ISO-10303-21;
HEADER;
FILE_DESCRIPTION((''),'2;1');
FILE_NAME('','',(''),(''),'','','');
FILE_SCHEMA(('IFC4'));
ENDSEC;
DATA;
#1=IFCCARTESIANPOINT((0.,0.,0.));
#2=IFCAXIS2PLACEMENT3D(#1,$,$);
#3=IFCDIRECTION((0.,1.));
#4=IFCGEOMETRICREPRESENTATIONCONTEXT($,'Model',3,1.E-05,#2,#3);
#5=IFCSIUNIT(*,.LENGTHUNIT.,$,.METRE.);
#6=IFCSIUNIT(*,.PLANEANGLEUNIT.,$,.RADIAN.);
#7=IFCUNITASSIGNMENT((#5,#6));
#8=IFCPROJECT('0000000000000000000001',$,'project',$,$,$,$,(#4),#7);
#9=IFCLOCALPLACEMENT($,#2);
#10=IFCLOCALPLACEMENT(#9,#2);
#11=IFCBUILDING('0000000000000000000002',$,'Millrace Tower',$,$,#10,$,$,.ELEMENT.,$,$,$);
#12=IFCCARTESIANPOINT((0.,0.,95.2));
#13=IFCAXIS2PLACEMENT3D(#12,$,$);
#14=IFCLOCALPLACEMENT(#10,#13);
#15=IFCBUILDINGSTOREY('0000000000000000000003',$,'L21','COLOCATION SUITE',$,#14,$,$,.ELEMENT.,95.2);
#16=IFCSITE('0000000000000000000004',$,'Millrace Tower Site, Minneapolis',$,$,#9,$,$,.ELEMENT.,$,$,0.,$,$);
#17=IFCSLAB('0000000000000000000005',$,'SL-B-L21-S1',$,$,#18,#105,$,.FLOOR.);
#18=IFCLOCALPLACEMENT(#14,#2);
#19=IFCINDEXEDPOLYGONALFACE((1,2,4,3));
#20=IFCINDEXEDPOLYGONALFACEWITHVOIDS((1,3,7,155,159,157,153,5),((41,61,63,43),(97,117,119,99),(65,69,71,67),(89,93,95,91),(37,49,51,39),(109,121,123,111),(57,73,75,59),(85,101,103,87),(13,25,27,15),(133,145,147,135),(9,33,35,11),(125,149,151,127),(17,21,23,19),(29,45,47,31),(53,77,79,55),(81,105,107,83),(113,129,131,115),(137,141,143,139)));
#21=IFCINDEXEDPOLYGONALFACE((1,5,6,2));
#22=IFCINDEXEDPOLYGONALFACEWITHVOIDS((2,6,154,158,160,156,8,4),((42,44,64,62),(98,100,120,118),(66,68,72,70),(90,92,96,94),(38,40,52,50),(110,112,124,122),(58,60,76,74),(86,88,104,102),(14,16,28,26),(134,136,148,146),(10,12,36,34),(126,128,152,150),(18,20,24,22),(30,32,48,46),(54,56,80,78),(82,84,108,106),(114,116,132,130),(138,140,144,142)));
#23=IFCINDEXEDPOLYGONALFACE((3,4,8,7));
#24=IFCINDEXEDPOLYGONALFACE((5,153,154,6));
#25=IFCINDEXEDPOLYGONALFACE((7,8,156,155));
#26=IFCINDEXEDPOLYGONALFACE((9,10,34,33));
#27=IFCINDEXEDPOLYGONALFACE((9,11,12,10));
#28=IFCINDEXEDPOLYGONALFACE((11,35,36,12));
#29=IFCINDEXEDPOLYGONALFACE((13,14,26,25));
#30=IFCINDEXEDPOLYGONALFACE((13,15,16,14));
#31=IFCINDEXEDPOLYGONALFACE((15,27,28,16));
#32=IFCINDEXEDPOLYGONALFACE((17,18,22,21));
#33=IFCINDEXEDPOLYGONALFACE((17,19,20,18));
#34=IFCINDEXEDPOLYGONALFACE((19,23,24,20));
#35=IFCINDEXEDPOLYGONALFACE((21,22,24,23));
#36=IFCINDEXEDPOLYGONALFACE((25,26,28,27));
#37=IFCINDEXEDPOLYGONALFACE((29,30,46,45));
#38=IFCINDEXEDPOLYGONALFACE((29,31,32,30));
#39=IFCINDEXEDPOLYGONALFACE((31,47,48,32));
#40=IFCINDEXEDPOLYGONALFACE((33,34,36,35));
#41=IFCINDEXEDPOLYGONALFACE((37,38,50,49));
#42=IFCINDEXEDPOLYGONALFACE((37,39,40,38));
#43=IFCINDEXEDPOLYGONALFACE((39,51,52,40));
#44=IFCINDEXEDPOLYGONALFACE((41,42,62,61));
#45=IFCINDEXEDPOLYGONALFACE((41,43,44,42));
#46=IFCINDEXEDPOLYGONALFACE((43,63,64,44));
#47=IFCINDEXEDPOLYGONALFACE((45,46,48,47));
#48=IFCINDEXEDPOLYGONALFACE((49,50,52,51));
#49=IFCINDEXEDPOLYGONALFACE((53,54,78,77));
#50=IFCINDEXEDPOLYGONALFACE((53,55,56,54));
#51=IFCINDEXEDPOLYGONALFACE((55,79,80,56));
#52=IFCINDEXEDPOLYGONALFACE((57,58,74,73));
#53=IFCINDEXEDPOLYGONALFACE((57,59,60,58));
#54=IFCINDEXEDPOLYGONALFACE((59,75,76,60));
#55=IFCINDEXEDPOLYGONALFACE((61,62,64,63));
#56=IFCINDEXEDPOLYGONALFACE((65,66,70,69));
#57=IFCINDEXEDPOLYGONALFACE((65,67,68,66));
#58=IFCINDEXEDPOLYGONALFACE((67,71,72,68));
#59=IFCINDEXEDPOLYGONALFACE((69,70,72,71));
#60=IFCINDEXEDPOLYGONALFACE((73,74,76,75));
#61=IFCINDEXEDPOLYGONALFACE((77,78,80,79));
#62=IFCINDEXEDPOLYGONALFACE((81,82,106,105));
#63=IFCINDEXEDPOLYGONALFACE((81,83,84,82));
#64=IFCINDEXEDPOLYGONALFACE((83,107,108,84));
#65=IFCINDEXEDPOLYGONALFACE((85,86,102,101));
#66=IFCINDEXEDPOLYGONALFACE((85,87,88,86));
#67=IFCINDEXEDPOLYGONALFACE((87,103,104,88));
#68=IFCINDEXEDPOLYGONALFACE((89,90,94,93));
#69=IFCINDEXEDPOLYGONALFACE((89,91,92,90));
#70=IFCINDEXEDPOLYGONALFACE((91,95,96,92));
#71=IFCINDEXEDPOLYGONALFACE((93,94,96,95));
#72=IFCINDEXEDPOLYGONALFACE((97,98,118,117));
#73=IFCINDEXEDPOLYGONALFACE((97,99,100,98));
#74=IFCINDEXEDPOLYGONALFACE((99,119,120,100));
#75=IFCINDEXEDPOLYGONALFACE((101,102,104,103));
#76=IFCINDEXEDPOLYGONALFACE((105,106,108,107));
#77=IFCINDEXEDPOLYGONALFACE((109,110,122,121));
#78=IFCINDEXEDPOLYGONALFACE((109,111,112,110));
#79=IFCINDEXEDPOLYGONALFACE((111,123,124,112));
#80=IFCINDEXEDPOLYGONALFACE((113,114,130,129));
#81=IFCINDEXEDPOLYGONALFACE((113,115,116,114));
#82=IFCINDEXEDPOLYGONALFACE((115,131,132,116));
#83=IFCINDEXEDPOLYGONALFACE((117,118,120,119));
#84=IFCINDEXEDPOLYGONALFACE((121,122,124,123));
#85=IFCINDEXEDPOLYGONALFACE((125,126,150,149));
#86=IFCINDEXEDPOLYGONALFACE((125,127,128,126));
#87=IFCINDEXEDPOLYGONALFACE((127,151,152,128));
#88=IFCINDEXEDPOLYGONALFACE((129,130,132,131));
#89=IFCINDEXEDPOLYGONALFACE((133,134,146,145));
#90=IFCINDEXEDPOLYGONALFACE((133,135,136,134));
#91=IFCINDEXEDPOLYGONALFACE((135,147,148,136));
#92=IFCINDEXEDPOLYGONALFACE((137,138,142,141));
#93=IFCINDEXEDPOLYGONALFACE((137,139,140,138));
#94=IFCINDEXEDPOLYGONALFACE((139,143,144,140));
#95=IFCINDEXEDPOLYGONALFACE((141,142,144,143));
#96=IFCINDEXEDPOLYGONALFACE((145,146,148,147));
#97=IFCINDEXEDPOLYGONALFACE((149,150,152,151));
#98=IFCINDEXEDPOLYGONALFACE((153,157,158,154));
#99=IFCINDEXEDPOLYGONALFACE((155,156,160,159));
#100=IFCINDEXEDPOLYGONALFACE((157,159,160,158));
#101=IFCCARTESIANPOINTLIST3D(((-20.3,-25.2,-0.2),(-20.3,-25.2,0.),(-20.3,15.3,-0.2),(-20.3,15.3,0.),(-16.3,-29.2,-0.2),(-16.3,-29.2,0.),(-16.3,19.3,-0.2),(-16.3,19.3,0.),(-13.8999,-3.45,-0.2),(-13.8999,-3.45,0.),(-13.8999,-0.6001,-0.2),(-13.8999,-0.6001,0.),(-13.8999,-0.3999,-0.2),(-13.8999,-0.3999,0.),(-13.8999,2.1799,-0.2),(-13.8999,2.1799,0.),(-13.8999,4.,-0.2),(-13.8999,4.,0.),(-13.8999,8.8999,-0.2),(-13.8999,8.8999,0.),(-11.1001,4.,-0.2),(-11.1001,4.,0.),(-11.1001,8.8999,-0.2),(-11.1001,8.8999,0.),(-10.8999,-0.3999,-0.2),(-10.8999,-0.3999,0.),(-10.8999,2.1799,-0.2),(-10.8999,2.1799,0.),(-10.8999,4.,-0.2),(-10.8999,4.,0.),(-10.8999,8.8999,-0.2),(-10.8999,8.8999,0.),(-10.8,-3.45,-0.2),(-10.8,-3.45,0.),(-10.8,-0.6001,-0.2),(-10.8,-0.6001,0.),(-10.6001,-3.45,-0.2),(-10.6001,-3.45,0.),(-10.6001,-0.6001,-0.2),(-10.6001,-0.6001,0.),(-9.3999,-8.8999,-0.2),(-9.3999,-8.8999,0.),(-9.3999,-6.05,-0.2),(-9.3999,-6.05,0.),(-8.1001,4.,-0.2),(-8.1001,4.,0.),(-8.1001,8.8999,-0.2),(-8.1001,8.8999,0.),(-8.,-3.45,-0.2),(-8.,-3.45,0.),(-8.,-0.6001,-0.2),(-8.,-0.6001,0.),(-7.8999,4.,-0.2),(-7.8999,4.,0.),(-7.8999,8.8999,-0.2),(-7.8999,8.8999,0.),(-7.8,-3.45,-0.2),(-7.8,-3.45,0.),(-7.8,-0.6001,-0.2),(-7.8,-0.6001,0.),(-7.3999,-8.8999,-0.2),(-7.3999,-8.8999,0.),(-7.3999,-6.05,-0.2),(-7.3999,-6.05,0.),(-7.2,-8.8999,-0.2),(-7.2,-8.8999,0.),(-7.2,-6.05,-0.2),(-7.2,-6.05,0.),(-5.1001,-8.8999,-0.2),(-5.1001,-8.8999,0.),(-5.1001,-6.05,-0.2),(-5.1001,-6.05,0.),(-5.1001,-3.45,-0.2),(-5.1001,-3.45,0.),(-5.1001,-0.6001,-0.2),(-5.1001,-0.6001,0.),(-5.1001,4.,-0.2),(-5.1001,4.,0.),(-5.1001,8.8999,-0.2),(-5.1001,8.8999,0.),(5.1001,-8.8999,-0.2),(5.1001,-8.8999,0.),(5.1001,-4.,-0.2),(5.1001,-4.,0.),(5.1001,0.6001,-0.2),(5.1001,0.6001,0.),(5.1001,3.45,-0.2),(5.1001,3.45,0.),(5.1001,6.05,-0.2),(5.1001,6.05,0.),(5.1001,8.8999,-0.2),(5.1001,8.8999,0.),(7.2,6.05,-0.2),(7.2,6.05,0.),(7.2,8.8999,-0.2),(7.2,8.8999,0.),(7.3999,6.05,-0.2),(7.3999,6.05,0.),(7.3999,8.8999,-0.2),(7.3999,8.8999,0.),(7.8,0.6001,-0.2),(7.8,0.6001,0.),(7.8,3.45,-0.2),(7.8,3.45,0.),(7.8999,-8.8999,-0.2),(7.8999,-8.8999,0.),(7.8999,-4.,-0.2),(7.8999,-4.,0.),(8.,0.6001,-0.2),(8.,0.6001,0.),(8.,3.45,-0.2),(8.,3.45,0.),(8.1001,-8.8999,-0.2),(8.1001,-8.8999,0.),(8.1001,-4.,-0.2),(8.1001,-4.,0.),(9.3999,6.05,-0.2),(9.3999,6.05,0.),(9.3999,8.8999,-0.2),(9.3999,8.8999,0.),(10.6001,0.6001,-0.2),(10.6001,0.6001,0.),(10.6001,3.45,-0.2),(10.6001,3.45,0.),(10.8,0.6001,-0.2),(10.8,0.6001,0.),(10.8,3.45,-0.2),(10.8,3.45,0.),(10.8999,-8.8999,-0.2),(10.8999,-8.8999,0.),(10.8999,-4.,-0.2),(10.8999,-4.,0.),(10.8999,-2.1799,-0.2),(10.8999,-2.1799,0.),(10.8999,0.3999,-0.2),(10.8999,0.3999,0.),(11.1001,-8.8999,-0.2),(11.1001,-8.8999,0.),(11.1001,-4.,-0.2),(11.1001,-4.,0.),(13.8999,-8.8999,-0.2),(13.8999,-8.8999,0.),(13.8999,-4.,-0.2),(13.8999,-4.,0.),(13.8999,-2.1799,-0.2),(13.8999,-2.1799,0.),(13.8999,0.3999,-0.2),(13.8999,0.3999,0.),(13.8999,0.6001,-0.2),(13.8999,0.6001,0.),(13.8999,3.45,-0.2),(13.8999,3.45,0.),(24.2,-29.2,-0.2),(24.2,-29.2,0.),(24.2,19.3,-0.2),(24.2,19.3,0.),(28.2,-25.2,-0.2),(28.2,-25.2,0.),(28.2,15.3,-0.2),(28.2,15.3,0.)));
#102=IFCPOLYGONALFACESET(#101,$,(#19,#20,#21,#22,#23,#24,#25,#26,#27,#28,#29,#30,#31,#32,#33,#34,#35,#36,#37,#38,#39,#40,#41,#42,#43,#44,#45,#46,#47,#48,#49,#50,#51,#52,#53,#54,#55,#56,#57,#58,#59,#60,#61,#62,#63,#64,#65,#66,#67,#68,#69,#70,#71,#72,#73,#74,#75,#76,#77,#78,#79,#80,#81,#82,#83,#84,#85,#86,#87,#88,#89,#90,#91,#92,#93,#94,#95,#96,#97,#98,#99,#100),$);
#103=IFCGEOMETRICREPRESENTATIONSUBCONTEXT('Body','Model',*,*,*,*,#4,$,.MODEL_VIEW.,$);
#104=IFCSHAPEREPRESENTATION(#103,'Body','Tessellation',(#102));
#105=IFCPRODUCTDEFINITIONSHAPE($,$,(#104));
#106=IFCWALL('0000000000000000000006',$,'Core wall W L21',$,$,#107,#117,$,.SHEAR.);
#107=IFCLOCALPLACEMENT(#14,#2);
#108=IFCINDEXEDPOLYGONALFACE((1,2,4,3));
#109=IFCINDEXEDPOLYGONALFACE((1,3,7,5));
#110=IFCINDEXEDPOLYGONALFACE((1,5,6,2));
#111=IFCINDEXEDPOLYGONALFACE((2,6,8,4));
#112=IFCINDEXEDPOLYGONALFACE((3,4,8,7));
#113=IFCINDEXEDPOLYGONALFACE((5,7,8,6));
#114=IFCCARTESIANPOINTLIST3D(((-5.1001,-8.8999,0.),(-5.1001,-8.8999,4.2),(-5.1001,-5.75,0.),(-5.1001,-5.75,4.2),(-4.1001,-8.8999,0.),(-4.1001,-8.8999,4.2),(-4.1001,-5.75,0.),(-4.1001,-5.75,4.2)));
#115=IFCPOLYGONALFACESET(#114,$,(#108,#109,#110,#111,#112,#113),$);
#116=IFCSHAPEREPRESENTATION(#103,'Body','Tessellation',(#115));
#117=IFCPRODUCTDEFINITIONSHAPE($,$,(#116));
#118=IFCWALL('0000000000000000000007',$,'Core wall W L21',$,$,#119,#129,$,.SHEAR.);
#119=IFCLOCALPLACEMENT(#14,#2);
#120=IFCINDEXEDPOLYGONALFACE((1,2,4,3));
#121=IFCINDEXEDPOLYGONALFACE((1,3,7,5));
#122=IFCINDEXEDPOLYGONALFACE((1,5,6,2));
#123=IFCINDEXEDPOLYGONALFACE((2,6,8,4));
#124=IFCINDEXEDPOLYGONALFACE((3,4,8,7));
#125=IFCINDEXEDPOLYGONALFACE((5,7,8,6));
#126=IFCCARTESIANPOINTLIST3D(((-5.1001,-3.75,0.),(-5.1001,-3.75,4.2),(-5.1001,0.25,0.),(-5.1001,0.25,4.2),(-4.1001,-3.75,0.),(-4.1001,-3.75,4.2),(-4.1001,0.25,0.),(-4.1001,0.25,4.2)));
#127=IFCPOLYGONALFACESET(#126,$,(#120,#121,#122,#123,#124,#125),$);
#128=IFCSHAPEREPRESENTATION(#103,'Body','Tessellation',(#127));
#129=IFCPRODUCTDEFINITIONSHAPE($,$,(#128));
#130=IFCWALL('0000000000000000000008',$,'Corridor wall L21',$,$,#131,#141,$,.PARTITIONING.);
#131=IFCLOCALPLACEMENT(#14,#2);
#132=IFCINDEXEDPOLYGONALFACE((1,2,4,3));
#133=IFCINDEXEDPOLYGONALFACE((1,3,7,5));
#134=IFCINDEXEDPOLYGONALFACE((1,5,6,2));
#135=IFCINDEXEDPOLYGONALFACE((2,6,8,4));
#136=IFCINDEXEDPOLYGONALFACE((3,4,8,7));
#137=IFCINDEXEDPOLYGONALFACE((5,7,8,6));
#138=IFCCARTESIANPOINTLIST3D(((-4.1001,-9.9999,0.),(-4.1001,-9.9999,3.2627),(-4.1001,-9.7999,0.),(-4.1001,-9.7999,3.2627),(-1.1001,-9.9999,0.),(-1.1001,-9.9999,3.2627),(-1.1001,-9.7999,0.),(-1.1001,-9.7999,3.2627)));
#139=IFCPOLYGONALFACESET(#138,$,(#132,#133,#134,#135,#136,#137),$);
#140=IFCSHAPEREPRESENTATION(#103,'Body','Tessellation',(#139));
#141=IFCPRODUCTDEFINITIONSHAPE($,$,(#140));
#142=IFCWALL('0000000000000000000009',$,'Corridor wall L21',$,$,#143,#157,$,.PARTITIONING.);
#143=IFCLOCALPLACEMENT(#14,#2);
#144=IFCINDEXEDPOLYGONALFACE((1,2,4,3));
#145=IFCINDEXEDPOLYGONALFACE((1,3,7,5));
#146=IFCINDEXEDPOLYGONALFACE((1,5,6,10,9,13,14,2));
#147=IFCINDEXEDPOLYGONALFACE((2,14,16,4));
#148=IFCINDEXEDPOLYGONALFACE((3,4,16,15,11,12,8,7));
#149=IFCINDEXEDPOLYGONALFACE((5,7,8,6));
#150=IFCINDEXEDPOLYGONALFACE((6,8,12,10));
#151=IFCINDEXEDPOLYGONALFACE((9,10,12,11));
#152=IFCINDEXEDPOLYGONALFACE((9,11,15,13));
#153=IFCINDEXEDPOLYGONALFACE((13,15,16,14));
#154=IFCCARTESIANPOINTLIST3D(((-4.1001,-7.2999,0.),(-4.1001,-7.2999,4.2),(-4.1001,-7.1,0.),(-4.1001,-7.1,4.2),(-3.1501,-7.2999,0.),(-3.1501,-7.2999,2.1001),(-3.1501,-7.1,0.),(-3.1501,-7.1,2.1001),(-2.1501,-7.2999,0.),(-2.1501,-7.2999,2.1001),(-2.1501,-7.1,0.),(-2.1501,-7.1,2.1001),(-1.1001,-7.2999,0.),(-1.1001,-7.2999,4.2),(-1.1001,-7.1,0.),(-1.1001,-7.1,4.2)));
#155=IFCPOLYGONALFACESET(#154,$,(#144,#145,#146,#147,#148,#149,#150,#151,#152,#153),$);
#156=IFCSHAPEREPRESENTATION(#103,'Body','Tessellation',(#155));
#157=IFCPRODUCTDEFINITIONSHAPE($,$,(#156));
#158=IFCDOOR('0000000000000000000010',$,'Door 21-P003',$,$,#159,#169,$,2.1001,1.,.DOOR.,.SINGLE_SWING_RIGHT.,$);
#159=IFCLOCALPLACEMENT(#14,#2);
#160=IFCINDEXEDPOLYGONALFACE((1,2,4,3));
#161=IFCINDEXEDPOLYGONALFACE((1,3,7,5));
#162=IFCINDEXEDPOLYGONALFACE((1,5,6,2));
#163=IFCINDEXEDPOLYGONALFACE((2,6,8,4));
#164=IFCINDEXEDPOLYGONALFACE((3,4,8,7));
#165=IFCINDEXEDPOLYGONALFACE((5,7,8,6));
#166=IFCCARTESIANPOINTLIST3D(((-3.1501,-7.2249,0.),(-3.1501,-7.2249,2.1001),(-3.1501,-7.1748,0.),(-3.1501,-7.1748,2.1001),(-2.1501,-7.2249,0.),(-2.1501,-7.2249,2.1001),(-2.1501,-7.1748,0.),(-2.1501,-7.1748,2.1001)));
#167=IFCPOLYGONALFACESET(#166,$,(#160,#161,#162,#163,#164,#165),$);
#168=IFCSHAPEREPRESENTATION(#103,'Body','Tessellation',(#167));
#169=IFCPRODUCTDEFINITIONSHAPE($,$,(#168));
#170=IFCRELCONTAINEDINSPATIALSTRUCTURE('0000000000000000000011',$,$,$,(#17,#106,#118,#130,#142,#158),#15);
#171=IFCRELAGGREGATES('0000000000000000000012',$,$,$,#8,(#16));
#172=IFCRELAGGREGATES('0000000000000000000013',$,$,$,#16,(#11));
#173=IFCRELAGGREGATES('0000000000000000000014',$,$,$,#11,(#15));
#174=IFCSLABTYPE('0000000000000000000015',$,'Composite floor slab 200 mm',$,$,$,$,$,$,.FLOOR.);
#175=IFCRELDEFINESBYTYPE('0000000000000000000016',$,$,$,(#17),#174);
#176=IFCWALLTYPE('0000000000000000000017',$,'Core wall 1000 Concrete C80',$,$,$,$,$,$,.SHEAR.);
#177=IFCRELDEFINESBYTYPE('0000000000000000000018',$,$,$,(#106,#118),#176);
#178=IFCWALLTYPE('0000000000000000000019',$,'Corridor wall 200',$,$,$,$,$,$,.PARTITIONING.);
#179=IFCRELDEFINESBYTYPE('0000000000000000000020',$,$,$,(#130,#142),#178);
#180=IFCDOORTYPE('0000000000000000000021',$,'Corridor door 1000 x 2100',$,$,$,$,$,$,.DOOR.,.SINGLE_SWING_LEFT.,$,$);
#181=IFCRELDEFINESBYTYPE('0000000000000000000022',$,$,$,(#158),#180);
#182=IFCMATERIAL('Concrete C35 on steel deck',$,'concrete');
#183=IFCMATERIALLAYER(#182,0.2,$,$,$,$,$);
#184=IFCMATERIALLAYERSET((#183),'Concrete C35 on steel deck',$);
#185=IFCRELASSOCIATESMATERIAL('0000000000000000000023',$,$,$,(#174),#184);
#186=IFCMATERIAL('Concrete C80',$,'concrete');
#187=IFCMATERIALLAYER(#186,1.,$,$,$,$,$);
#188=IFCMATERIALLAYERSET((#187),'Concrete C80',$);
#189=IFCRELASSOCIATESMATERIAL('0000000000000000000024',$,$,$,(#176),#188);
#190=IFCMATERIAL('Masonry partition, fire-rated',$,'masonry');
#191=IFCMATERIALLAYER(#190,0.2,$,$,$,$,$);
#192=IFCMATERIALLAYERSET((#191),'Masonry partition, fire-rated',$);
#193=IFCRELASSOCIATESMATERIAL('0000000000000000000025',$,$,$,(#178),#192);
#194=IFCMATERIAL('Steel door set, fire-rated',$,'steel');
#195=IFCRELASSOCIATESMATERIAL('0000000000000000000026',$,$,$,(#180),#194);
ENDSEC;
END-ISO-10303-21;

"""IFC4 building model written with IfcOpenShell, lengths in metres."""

from ifc_helpers import new_model, si_unit, direction, frame, frame_2d, origin, place, context, subcontext, project, spatial, polyline, rectangle, outline, extrude, material, layer, layer_set, type_object, element, fill, save


model = new_model("IFC4")

# Units and contexts
model_context = context("Model", 3, precision=1e-05, world=origin(), true_north=direction((0.0, 1.0)))
body_context = subcontext(model_context, "Body", "Model", "MODEL_VIEW")
ifc_project = project(units=[si_unit("LENGTHUNIT", "METRE"), si_unit("PLANEANGLEUNIT", "RADIAN")], contexts=[model_context])

# Site, building, storey
site_placement = place(None, origin())
site = spatial("IfcSite", under=ifc_project, at=site_placement, Name="Millrace Tower Site, Minneapolis", CompositionType="ELEMENT", RefElevation=0.0)
building_placement = place(site_placement, origin())
building = spatial("IfcBuilding", under=site, at=building_placement, Name="Millrace Tower", CompositionType="ELEMENT")
storey_placement = place(building_placement, frame((0.0, 0.0, 95.2)))
storey = spatial("IfcBuildingStorey", under=building, at=storey_placement, Name="L21", Description="COLOCATION SUITE", CompositionType="ELEMENT", Elevation=95.2)

# Slab
ifc_material_1 = material(Name="Concrete C35 on steel deck", Category="concrete")
ifc_layer_1 = layer(ifc_material_1, 0.2)
ifc_layer_set_1 = layer_set([ifc_layer_1], Name="Concrete C35 on steel deck")
slab_type = type_object("IfcSlabType", Name="Composite floor slab 200 mm", PredefinedType="FLOOR", material=ifc_layer_set_1)
slab_placement = place(storey_placement, frame((0.0, 0.0, -0.2)))
element("IfcSlab", 1, at=slab_placement, inside=storey, type_object=slab_type, Name="SL-B-L21-S1", PredefinedType="FLOOR", context=body_context, shape_type="SweptSolid", body=[
    extrude(outline(polyline([(-20.3, -25.2), (-16.3, -29.2), (24.2, -29.2), (28.2, -25.2), (28.2, 15.3), (24.2, 19.3), (-16.3, 19.3), (-20.3, 15.3), (-20.3, -25.2)]), holes=[polyline([(-9.3999, -8.8999), (-7.3999, -8.8999), (-7.3999, -6.05), (-9.3999, -6.05), (-9.3999, -8.8999)]), polyline([(-7.2, -8.8999), (-5.1001, -8.8999), (-5.1001, -6.05), (-7.2, -6.05), (-7.2, -8.8999)]), polyline([(-13.8999, -3.45), (-10.8, -3.45), (-10.8, -0.6001), (-13.8999, -0.6001), (-13.8999, -3.45)]), polyline([(-10.6001, -3.45), (-8.0, -3.45), (-8.0, -0.6001), (-10.6001, -0.6001), (-10.6001, -3.45)]), polyline([(-7.8, -3.45), (-5.1001, -3.45), (-5.1001, -0.6001), (-7.8, -0.6001), (-7.8, -3.45)]), polyline([(-13.8999, -0.3999), (-10.8999, -0.3999), (-10.8999, 2.1799), (-13.8999, 2.1799), (-13.8999, -0.3999)]), polyline([(-13.8999, 4.0), (-11.1001, 4.0), (-11.1001, 8.8999), (-13.8999, 8.8999), (-13.8999, 4.0)]), polyline([(-10.8999, 4.0), (-8.1001, 4.0), (-8.1001, 8.8999), (-10.8999, 8.8999), (-10.8999, 4.0)]), polyline([(-7.8999, 4.0), (-5.1001, 4.0), (-5.1001, 8.8999), (-7.8999, 8.8999), (-7.8999, 4.0)]), polyline([(7.3999, 6.05), (9.3999, 6.05), (9.3999, 8.8999), (7.3999, 8.8999), (7.3999, 6.05)]), polyline([(5.1001, 6.05), (7.2, 6.05), (7.2, 8.8999), (5.1001, 8.8999), (5.1001, 6.05)]), polyline([(10.8, 0.6001), (13.8999, 0.6001), (13.8999, 3.45), (10.8, 3.45), (10.8, 0.6001)]), polyline([(8.0, 0.6001), (10.6001, 0.6001), (10.6001, 3.45), (8.0, 3.45), (8.0, 0.6001)]), polyline([(5.1001, 0.6001), (7.8, 0.6001), (7.8, 3.45), (5.1001, 3.45), (5.1001, 0.6001)]), polyline([(10.8999, -2.1799), (13.8999, -2.1799), (13.8999, 0.3999), (10.8999, 0.3999), (10.8999, -2.1799)]), polyline([(11.1001, -8.8999), (13.8999, -8.8999), (13.8999, -4.0), (11.1001, -4.0), (11.1001, -8.8999)]), polyline([(8.1001, -8.8999), (10.8999, -8.8999), (10.8999, -4.0), (8.1001, -4.0), (8.1001, -8.8999)]), polyline([(5.1001, -8.8999), (7.8999, -8.8999), (7.8999, -4.0), (5.1001, -4.0), (5.1001, -8.8999)])]), origin(), (0.0, 0.0, 1.0), 0.2),
])

# Walls
ifc_material_2 = material(Name="Concrete C80", Category="concrete")
ifc_layer_2 = layer(ifc_material_2, 1.0)
ifc_layer_set_2 = layer_set([ifc_layer_2], Name="Concrete C80")
wall_type_1 = type_object("IfcWallType", Name="Core wall 1000 Concrete C80", PredefinedType="SHEAR", material=ifc_layer_set_2)
wall_1_placement = place(storey_placement, frame((-4.6001, -8.8999, 0.0), z_axis=(0.0, 0.0, 1.0), x_axis=(0.0, 1.0, 0.0)))
element("IfcWall", 2, at=wall_1_placement, inside=storey, type_object=wall_type_1, Name="Core wall W L21", PredefinedType="SHEAR", context=body_context, shape_type="SweptSolid", body=[
    extrude(rectangle(XDim=3.1499, YDim=1.0, at=frame_2d((1.575, 0.0))), origin(), (0.0, 0.0, 1.0), 4.2),
])
wall_2_placement = place(storey_placement, frame((-4.6001, -3.75, 0.0), z_axis=(0.0, 0.0, 1.0), x_axis=(0.0, 1.0, 0.0)))
element("IfcWall", 3, at=wall_2_placement, inside=storey, type_object=wall_type_1, Name="Core wall W L21", PredefinedType="SHEAR", context=body_context, shape_type="SweptSolid", body=[
    extrude(rectangle(XDim=4.0, YDim=1.0, at=frame_2d((2.0, 0.0))), origin(), (0.0, 0.0, 1.0), 4.2),
])
ifc_material_3 = material(Name="Masonry partition, fire-rated", Category="masonry")
ifc_layer_3 = layer(ifc_material_3, 0.2)
ifc_layer_set_3 = layer_set([ifc_layer_3], Name="Masonry partition, fire-rated")
wall_type_2 = type_object("IfcWallType", Name="Corridor wall 200", PredefinedType="PARTITIONING", material=ifc_layer_set_3)
wall_3_placement = place(storey_placement, frame((-4.1001, -9.8999, 0.0), z_axis=(0.0, 0.0, 1.0), x_axis=(1.0, 0.0, 0.0)))
element("IfcWall", 4, at=wall_3_placement, inside=storey, type_object=wall_type_2, Name="Corridor wall L21", PredefinedType="PARTITIONING", context=body_context, shape_type="SweptSolid", body=[
    extrude(rectangle(XDim=3.0, YDim=0.2, at=frame_2d((1.5, 0.0))), origin(), (0.0, 0.0, 1.0), 3.2627),
])

# Wall, opening, door
wall_4_placement = place(storey_placement, frame((-4.1001, -7.2, 0.0), z_axis=(0.0, 0.0, 1.0), x_axis=(1.0, 0.0, 0.0)))
wall_4 = element("IfcWall", 5, at=wall_4_placement, inside=storey, type_object=wall_type_2, Name="Corridor wall L21", PredefinedType="PARTITIONING", context=body_context, shape_type="SweptSolid", body=[
    extrude(rectangle(XDim=3.0, YDim=0.2, at=frame_2d((1.5, 0.0))), origin(), (0.0, 0.0, 1.0), 4.2),
])
opening_1_placement = place(wall_4_placement, frame((0.95, 0.0, 0.0)))
opening_1 = element("IfcOpeningElement", 6, at=opening_1_placement, cuts=wall_4, PredefinedType="OPENING", context=body_context, shape_type="SweptSolid", body=[
    extrude(rectangle(XDim=1.0, YDim=2.1001, at=frame_2d((0.5, 1.05))), frame((0.0, 0.1099, 0.0), z_axis=(0.0, -1.0, 0.0), x_axis=(1.0, 0.0, 0.0)), (0.0, 0.0, 1.0), 0.22),
])
ifc_material_4 = material(Name="Steel door set, fire-rated", Category="steel")
door_type_1 = type_object("IfcDoorType", Name="Corridor door 1000 x 2100", OperationType="SINGLE_SWING_LEFT", PredefinedType="DOOR", material=ifc_material_4)
door_1_placement = place(opening_1_placement, frame((1.0, 0.0, 0.0), z_axis=(0.0, 0.0, 1.0), x_axis=(-1.0, 0.0, 0.0)))
door_1 = element("IfcDoor", 7, at=door_1_placement, inside=storey, type_object=door_type_1, Name="Door 21-P003", OperationType="SINGLE_SWING_RIGHT", OverallHeight=2.1001, OverallWidth=1.0, PredefinedType="DOOR", context=body_context, shape_type="SweptSolid", body=[
    extrude(rectangle(XDim=1.0, YDim=2.1001, at=frame_2d((0.5, 1.05))), frame((0.0, 0.0249, 0.0), z_axis=(0.0, -1.0, 0.0), x_axis=(1.0, 0.0, 0.0)), (0.0, 0.0, 1.0), 0.05),
])
fill(opening_1, door_1)

save(model, "model.ifc")
